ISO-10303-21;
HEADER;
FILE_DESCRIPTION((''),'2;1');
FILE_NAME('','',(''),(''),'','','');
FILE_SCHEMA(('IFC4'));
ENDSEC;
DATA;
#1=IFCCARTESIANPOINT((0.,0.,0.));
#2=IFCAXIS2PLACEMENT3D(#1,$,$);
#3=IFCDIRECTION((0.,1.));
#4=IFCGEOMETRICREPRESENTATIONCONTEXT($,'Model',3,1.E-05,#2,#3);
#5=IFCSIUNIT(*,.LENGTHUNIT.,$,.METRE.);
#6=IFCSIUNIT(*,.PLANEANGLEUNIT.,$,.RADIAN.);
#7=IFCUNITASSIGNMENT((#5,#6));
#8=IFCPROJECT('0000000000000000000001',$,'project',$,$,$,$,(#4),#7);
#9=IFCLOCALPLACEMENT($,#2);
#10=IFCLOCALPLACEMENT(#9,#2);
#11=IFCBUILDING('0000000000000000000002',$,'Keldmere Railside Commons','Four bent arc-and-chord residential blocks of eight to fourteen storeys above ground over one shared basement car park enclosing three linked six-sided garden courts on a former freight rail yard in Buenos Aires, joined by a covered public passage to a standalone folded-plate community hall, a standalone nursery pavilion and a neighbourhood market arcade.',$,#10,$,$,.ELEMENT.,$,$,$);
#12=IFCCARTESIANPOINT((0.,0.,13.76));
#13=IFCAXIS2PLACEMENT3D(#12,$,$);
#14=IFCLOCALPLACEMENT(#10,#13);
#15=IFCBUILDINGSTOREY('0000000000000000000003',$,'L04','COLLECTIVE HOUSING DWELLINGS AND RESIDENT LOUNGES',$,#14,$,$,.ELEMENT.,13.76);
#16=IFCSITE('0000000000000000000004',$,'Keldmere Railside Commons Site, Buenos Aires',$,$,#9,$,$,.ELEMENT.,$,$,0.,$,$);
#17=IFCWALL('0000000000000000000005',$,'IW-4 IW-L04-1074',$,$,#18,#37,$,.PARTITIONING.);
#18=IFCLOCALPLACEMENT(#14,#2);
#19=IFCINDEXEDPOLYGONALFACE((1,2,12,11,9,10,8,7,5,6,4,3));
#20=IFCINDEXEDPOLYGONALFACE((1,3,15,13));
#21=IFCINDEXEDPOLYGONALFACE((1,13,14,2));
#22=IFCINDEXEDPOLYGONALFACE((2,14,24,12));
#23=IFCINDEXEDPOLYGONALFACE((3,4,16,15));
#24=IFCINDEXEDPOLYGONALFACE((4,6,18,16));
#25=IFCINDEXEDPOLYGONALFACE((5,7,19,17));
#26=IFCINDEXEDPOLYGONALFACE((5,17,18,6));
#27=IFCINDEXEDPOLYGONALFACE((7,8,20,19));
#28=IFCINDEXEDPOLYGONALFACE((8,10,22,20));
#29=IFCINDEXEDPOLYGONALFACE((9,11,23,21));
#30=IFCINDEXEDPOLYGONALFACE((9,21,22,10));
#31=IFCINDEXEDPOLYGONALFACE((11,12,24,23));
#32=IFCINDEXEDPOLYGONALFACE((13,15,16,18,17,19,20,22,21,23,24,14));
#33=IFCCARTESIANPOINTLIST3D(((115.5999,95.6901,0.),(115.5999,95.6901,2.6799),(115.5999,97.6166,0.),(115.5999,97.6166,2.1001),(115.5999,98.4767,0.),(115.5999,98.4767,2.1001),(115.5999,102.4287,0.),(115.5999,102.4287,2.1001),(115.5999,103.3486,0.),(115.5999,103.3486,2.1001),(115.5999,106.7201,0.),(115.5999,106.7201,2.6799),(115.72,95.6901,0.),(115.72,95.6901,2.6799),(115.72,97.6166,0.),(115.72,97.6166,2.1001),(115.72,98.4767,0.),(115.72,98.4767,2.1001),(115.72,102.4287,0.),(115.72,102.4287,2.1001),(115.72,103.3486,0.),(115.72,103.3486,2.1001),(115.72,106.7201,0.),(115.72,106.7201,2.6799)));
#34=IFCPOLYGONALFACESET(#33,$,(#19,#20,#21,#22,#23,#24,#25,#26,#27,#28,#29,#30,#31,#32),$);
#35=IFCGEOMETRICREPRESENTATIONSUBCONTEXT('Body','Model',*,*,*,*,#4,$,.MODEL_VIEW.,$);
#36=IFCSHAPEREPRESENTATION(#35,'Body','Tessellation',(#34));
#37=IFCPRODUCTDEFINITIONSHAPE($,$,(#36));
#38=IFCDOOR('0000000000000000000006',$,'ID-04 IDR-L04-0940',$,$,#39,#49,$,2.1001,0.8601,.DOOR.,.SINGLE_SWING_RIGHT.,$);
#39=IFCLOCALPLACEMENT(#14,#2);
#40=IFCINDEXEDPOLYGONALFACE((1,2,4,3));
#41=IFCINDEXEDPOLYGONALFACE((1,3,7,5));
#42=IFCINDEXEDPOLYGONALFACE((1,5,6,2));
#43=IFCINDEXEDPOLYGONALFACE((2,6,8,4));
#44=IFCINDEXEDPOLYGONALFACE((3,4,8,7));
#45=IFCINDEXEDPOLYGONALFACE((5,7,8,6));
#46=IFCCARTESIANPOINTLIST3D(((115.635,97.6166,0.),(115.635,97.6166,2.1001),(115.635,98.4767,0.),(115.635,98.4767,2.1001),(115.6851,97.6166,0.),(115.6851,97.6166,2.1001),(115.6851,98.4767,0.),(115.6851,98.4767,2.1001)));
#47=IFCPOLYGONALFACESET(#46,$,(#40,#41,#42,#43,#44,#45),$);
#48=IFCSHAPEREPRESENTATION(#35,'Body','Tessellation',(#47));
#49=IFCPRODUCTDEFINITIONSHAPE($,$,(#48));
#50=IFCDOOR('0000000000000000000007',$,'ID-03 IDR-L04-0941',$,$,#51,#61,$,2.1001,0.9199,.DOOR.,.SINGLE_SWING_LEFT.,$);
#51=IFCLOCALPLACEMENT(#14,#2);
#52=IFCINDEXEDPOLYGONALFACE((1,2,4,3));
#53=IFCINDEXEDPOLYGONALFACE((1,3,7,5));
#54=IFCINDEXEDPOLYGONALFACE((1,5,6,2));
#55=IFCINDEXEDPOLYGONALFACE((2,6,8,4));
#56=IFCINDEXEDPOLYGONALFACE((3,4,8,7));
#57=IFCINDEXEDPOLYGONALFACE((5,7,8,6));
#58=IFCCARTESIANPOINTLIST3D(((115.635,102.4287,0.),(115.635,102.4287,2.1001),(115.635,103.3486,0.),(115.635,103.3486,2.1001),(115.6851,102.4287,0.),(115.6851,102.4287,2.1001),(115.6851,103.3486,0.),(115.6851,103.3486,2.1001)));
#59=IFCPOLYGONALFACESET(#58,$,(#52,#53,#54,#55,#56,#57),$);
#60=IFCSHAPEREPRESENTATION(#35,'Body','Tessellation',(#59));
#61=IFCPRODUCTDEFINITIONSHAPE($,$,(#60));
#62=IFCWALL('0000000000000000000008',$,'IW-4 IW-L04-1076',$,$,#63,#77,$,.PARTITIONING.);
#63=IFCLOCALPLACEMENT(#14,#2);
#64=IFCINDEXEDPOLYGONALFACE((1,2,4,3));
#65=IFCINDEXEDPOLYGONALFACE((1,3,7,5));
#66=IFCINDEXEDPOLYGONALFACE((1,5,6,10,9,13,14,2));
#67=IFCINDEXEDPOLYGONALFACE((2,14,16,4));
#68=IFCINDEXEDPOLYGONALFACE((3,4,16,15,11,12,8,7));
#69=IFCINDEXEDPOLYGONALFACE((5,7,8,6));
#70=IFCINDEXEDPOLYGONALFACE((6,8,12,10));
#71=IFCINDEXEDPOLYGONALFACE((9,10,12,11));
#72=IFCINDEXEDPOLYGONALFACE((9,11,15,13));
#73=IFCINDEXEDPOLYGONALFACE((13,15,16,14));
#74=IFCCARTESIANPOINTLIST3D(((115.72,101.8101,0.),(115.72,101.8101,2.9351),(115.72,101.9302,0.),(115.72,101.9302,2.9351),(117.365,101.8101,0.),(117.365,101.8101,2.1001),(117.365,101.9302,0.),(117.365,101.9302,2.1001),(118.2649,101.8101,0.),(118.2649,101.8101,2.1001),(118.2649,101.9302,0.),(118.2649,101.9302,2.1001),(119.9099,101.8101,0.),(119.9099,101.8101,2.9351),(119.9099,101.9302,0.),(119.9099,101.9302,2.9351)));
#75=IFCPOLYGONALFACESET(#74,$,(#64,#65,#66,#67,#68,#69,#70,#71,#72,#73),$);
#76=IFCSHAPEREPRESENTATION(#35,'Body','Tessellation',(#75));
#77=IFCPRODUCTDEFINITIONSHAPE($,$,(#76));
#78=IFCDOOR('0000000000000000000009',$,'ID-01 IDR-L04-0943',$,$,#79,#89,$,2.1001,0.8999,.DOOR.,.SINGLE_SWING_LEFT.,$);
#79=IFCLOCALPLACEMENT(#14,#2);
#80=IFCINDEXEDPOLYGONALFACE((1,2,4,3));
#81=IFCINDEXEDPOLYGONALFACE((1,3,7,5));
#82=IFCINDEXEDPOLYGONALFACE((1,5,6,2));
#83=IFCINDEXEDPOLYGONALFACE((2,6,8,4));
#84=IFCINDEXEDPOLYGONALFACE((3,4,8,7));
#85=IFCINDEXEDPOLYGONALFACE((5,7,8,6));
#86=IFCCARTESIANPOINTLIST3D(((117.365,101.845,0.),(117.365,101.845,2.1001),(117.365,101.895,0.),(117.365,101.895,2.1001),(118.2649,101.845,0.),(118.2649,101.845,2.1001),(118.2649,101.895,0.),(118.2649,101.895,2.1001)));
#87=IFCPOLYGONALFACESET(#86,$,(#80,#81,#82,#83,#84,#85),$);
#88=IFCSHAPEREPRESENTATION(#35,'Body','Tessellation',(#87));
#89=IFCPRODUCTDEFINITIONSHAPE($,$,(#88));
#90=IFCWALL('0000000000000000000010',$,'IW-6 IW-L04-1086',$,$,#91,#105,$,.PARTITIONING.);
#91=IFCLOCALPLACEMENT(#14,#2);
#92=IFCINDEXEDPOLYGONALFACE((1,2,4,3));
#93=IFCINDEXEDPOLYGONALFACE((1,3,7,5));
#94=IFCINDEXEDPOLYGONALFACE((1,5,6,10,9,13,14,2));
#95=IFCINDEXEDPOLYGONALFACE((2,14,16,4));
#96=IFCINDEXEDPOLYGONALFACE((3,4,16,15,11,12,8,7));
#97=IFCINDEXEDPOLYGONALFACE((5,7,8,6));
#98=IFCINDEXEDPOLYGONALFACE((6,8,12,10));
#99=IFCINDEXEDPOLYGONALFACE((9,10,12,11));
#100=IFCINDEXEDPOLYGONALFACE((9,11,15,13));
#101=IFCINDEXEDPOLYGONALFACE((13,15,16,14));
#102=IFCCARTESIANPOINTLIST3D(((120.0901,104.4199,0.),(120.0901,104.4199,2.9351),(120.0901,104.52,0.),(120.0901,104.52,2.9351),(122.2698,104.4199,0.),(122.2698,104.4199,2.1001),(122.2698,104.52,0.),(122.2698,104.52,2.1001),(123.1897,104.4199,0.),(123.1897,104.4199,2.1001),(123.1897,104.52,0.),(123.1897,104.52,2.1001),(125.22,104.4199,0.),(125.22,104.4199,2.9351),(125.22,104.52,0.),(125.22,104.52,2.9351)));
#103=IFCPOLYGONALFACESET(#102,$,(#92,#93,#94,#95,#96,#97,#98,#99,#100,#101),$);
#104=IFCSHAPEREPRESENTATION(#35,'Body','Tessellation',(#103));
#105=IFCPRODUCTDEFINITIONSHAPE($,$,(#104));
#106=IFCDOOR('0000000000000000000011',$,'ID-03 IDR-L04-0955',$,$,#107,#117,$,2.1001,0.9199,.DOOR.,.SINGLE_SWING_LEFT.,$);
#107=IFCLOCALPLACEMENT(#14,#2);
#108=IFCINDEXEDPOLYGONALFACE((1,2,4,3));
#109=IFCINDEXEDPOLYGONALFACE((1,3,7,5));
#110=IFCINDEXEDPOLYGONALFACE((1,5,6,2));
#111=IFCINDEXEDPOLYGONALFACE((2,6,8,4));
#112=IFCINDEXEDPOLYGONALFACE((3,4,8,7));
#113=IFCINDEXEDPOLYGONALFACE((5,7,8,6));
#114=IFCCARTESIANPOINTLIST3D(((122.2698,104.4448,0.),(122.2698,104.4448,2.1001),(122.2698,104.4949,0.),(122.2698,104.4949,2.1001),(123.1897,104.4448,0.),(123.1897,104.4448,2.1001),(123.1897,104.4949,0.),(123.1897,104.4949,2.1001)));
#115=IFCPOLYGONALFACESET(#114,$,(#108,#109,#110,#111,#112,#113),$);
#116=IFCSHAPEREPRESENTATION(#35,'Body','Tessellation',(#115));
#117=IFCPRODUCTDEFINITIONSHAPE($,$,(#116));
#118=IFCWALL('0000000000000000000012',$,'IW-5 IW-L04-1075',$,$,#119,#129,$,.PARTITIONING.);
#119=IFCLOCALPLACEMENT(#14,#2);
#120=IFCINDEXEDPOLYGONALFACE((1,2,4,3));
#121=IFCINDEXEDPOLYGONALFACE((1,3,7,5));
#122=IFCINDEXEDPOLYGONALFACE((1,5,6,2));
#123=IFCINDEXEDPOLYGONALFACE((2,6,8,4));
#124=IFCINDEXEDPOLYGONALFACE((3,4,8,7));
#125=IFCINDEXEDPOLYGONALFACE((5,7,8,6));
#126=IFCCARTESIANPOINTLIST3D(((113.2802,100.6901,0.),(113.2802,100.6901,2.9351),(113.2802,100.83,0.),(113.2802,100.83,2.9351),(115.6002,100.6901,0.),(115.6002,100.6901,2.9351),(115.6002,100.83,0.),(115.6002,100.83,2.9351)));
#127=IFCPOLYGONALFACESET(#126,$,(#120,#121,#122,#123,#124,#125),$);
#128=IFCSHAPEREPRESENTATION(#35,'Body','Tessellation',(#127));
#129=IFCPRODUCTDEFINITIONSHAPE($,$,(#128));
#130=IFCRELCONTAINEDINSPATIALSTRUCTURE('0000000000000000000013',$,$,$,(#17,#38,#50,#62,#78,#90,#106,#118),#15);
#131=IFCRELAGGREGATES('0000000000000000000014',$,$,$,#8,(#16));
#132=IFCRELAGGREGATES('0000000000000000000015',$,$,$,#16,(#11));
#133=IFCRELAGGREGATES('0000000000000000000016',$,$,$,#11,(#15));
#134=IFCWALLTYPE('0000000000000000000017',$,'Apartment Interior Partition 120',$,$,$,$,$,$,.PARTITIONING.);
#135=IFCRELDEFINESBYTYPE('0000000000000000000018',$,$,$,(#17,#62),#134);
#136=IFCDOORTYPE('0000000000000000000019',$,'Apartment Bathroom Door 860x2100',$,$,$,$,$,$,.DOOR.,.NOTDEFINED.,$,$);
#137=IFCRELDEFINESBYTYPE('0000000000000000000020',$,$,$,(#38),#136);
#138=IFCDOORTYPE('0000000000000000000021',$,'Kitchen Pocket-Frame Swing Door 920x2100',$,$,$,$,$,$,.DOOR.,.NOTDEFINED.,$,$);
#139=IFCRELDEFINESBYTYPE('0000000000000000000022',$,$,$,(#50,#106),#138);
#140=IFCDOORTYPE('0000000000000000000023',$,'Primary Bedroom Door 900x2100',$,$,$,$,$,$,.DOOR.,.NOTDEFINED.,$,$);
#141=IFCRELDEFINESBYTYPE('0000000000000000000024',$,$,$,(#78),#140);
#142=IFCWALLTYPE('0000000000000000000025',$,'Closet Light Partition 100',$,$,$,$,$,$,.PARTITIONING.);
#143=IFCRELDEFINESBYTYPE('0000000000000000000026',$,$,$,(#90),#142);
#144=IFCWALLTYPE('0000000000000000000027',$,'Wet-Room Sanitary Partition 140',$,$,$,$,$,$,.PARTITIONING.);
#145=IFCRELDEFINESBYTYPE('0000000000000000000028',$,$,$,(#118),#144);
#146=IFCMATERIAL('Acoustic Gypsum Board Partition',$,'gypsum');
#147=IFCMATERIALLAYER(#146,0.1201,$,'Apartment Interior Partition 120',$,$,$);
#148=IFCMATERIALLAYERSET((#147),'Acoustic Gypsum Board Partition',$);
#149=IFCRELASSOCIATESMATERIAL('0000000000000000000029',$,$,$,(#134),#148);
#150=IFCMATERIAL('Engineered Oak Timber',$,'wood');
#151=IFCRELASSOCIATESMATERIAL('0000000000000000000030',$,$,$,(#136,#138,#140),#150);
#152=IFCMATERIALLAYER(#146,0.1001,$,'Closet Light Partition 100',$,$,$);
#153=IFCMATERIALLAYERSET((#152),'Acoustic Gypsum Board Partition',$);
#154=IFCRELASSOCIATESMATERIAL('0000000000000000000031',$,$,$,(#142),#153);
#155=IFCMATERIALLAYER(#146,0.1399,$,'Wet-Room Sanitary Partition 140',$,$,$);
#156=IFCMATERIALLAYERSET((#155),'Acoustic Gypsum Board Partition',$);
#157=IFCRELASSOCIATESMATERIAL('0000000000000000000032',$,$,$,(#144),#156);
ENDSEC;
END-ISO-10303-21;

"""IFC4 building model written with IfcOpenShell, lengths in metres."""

from ifc_helpers import new_model, si_unit, direction, frame, frame_2d, origin, place, context, subcontext, project, spatial, rectangle, extrude, material, layer, layer_set, type_object, element, fill, save


model = new_model("IFC4")

# Units and contexts
model_context = context("Model", 3, precision=1e-05, world=origin(), true_north=direction((0.0, 1.0)))
body_context = subcontext(model_context, "Body", "Model", "MODEL_VIEW")
ifc_project = project(units=[si_unit("LENGTHUNIT", "METRE"), si_unit("PLANEANGLEUNIT", "RADIAN")], contexts=[model_context])

# Site, building, storey
site_placement = place(None, origin())
site = spatial("IfcSite", under=ifc_project, at=site_placement, Name="Keldmere Railside Commons Site, Buenos Aires", CompositionType="ELEMENT", RefElevation=0.0)
building_placement = place(site_placement, origin())
building = spatial("IfcBuilding", under=site, at=building_placement, Name="Keldmere Railside Commons", Description="Four bent arc-and-chord residential blocks of eight to fourteen storeys above ground over one shared basement car park enclosing three linked six-sided garden courts on a former freight rail yard in Buenos Aires, joined by a covered public passage to a standalone folded-plate community hall, a standalone nursery pavilion and a neighbourhood market arcade.", CompositionType="ELEMENT")
storey_placement = place(building_placement, frame((0.0, 0.0, 13.76)))
storey = spatial("IfcBuildingStorey", under=building, at=storey_placement, Name="L04", Description="COLLECTIVE HOUSING DWELLINGS AND RESIDENT LOUNGES", CompositionType="ELEMENT", Elevation=13.76)

# Shared definitions
ifc_material_1 = material(Name="Acoustic Gypsum Board Partition", Category="gypsum")

# Wall, openings, doors
ifc_layer_1 = layer(ifc_material_1, 0.1201, Name="Apartment Interior Partition 120")
ifc_layer_set_1 = layer_set([ifc_layer_1], Name="Acoustic Gypsum Board Partition")
wall_type_1 = type_object("IfcWallType", Name="Apartment Interior Partition 120", PredefinedType="PARTITIONING", material=ifc_layer_set_1)
wall_1_placement = place(storey_placement, frame((115.6599, 95.6899, 0.0), z_axis=(0.0, 0.0, 1.0), x_axis=(0.0, 1.0, 0.0)))
wall_1 = element("IfcWall", 1, at=wall_1_placement, inside=storey, type_object=wall_type_1, Name="IW-4 IW-L04-1074", PredefinedType="PARTITIONING", context=body_context, shape_type="SweptSolid", body=[
    extrude(rectangle(XDim=11.03, YDim=0.1201, at=frame_2d((5.5151, 0.0))), origin(), (0.0, 0.0, 1.0), 2.6799),
])
opening_1_placement = place(wall_1_placement, frame((1.9265, 0.0, 0.0)))
opening_1 = element("IfcOpeningElement", 2, at=opening_1_placement, cuts=wall_1, PredefinedType="OPENING", context=body_context, shape_type="SweptSolid", body=[
    extrude(rectangle(XDim=0.8601, YDim=2.1001, at=frame_2d((0.4302, 1.05))), frame((0.0, 0.0701, 0.0), z_axis=(0.0, -1.0, 0.0), x_axis=(1.0, 0.0, 0.0)), (0.0, 0.0, 1.0), 0.1401),
])
opening_2_placement = place(wall_1_placement, frame((6.7388, 0.0, 0.0)))
opening_2 = element("IfcOpeningElement", 3, at=opening_2_placement, cuts=wall_1, PredefinedType="OPENING", context=body_context, shape_type="SweptSolid", body=[
    extrude(rectangle(XDim=0.9199, YDim=2.1001, at=frame_2d((0.46, 1.05))), frame((0.0, 0.0701, 0.0), z_axis=(0.0, -1.0, 0.0), x_axis=(1.0, 0.0, 0.0)), (0.0, 0.0, 1.0), 0.1401),
])
ifc_material_2 = material(Name="Engineered Oak Timber", Category="wood")
door_type_1 = type_object("IfcDoorType", Name="Apartment Bathroom Door 860x2100", OperationType="NOTDEFINED", PredefinedType="DOOR", material=ifc_material_2)
door_1_placement = place(opening_1_placement, origin())
door_1 = element("IfcDoor", 4, at=door_1_placement, inside=storey, type_object=door_type_1, Name="ID-04 IDR-L04-0940", OperationType="SINGLE_SWING_RIGHT", OverallHeight=2.1001, OverallWidth=0.8601, PredefinedType="DOOR", context=body_context, shape_type="SweptSolid", body=[
    extrude(rectangle(XDim=0.8601, YDim=2.1001, at=frame_2d((0.4302, 1.05))), frame((0.0, 0.0249, 0.0), z_axis=(0.0, -1.0, 0.0), x_axis=(1.0, 0.0, 0.0)), (0.0, 0.0, 1.0), 0.05),
])
fill(opening_1, door_1)
door_type_2 = type_object("IfcDoorType", Name="Kitchen Pocket-Frame Swing Door 920x2100", OperationType="NOTDEFINED", PredefinedType="DOOR", material=ifc_material_2)
door_2_placement = place(opening_2_placement, origin())
door_2 = element("IfcDoor", 5, at=door_2_placement, inside=storey, type_object=door_type_2, Name="ID-03 IDR-L04-0941", OperationType="SINGLE_SWING_LEFT", OverallHeight=2.1001, OverallWidth=0.9199, PredefinedType="DOOR", context=body_context, shape_type="SweptSolid", body=[
    extrude(rectangle(XDim=0.9199, YDim=2.1001, at=frame_2d((0.46, 1.05))), frame((0.0, 0.0249, 0.0), z_axis=(0.0, -1.0, 0.0), x_axis=(1.0, 0.0, 0.0)), (0.0, 0.0, 1.0), 0.05),
])
fill(opening_2, door_2)

# Walls, openings, doors
wall_2_placement = place(storey_placement, frame((115.72, 101.8701, 0.0), z_axis=(0.0, 0.0, 1.0), x_axis=(1.0, 0.0, 0.0)))
wall_2 = element("IfcWall", 6, at=wall_2_placement, inside=storey, type_object=wall_type_1, Name="IW-4 IW-L04-1076", PredefinedType="PARTITIONING", context=body_context, shape_type="SweptSolid", body=[
    extrude(rectangle(XDim=4.1899, YDim=0.1201, at=frame_2d((2.095, 0.0))), origin(), (0.0, 0.0, 1.0), 2.9351),
])
opening_3_placement = place(wall_2_placement, frame((1.645, 0.0, 0.0)))
opening_3 = element("IfcOpeningElement", 7, at=opening_3_placement, cuts=wall_2, PredefinedType="OPENING", context=body_context, shape_type="SweptSolid", body=[
    extrude(rectangle(XDim=0.8999, YDim=2.1001, at=frame_2d((0.45, 1.05))), frame((0.0, 0.0701, 0.0), z_axis=(0.0, -1.0, 0.0), x_axis=(1.0, 0.0, 0.0)), (0.0, 0.0, 1.0), 0.1401),
])
door_type_3 = type_object("IfcDoorType", Name="Primary Bedroom Door 900x2100", OperationType="NOTDEFINED", PredefinedType="DOOR", material=ifc_material_2)
door_3_placement = place(opening_3_placement, origin())
door_3 = element("IfcDoor", 8, at=door_3_placement, inside=storey, type_object=door_type_3, Name="ID-01 IDR-L04-0943", OperationType="SINGLE_SWING_LEFT", OverallHeight=2.1001, OverallWidth=0.8999, PredefinedType="DOOR", context=body_context, shape_type="SweptSolid", body=[
    extrude(rectangle(XDim=0.8999, YDim=2.1001, at=frame_2d((0.45, 1.05))), frame((0.0, 0.0249, 0.0), z_axis=(0.0, -1.0, 0.0), x_axis=(1.0, 0.0, 0.0)), (0.0, 0.0, 1.0), 0.05),
])
fill(opening_3, door_3)
ifc_layer_2 = layer(ifc_material_1, 0.1001, Name="Closet Light Partition 100")
ifc_layer_set_2 = layer_set([ifc_layer_2], Name="Acoustic Gypsum Board Partition")
wall_type_2 = type_object("IfcWallType", Name="Closet Light Partition 100", PredefinedType="PARTITIONING", material=ifc_layer_set_2)
wall_3_placement = place(storey_placement, frame((120.0901, 104.47, 0.0), z_axis=(0.0, 0.0, 1.0), x_axis=(1.0, 0.0, 0.0)))
wall_3 = element("IfcWall", 9, at=wall_3_placement, inside=storey, type_object=wall_type_2, Name="IW-6 IW-L04-1086", PredefinedType="PARTITIONING", context=body_context, shape_type="SweptSolid", body=[
    extrude(rectangle(XDim=5.1299, YDim=0.1001, at=frame_2d((2.5649, 0.0))), origin(), (0.0, 0.0, 1.0), 2.9351),
])
opening_4_placement = place(wall_3_placement, frame((2.1797, 0.0, 0.0)))
opening_4 = element("IfcOpeningElement", 10, at=opening_4_placement, cuts=wall_3, PredefinedType="OPENING", context=body_context, shape_type="SweptSolid", body=[
    extrude(rectangle(XDim=0.9199, YDim=2.1001, at=frame_2d((0.46, 1.05))), frame((0.0, 0.0601, 0.0), z_axis=(0.0, -1.0, 0.0), x_axis=(1.0, 0.0, 0.0)), (0.0, 0.0, 1.0), 0.1201),
])
door_4_placement = place(opening_4_placement, origin())
door_4 = element("IfcDoor", 11, at=door_4_placement, inside=storey, type_object=door_type_2, Name="ID-03 IDR-L04-0955", OperationType="SINGLE_SWING_LEFT", OverallHeight=2.1001, OverallWidth=0.9199, PredefinedType="DOOR", context=body_context, shape_type="SweptSolid", body=[
    extrude(rectangle(XDim=0.9199, YDim=2.1001, at=frame_2d((0.46, 1.05))), frame((0.0, 0.0249, 0.0), z_axis=(0.0, -1.0, 0.0), x_axis=(1.0, 0.0, 0.0)), (0.0, 0.0, 1.0), 0.05),
])
fill(opening_4, door_4)

# Wall
ifc_layer_3 = layer(ifc_material_1, 0.1399, Name="Wet-Room Sanitary Partition 140")
ifc_layer_set_3 = layer_set([ifc_layer_3], Name="Acoustic Gypsum Board Partition")
wall_type_3 = type_object("IfcWallType", Name="Wet-Room Sanitary Partition 140", PredefinedType="PARTITIONING", material=ifc_layer_set_3)
wall_4_placement = place(storey_placement, frame((113.28, 100.76, 0.0), z_axis=(0.0, 0.0, 1.0), x_axis=(1.0, 0.0, 0.0)))
element("IfcWall", 12, at=wall_4_placement, inside=storey, type_object=wall_type_3, Name="IW-5 IW-L04-1075", PredefinedType="PARTITIONING", context=body_context, shape_type="SweptSolid", body=[
    extrude(rectangle(XDim=2.3201, YDim=0.1399, at=frame_2d((1.1602, 0.0))), origin(), (0.0, 0.0, 1.0), 2.9351),
])

save(model, "model.ifc")
